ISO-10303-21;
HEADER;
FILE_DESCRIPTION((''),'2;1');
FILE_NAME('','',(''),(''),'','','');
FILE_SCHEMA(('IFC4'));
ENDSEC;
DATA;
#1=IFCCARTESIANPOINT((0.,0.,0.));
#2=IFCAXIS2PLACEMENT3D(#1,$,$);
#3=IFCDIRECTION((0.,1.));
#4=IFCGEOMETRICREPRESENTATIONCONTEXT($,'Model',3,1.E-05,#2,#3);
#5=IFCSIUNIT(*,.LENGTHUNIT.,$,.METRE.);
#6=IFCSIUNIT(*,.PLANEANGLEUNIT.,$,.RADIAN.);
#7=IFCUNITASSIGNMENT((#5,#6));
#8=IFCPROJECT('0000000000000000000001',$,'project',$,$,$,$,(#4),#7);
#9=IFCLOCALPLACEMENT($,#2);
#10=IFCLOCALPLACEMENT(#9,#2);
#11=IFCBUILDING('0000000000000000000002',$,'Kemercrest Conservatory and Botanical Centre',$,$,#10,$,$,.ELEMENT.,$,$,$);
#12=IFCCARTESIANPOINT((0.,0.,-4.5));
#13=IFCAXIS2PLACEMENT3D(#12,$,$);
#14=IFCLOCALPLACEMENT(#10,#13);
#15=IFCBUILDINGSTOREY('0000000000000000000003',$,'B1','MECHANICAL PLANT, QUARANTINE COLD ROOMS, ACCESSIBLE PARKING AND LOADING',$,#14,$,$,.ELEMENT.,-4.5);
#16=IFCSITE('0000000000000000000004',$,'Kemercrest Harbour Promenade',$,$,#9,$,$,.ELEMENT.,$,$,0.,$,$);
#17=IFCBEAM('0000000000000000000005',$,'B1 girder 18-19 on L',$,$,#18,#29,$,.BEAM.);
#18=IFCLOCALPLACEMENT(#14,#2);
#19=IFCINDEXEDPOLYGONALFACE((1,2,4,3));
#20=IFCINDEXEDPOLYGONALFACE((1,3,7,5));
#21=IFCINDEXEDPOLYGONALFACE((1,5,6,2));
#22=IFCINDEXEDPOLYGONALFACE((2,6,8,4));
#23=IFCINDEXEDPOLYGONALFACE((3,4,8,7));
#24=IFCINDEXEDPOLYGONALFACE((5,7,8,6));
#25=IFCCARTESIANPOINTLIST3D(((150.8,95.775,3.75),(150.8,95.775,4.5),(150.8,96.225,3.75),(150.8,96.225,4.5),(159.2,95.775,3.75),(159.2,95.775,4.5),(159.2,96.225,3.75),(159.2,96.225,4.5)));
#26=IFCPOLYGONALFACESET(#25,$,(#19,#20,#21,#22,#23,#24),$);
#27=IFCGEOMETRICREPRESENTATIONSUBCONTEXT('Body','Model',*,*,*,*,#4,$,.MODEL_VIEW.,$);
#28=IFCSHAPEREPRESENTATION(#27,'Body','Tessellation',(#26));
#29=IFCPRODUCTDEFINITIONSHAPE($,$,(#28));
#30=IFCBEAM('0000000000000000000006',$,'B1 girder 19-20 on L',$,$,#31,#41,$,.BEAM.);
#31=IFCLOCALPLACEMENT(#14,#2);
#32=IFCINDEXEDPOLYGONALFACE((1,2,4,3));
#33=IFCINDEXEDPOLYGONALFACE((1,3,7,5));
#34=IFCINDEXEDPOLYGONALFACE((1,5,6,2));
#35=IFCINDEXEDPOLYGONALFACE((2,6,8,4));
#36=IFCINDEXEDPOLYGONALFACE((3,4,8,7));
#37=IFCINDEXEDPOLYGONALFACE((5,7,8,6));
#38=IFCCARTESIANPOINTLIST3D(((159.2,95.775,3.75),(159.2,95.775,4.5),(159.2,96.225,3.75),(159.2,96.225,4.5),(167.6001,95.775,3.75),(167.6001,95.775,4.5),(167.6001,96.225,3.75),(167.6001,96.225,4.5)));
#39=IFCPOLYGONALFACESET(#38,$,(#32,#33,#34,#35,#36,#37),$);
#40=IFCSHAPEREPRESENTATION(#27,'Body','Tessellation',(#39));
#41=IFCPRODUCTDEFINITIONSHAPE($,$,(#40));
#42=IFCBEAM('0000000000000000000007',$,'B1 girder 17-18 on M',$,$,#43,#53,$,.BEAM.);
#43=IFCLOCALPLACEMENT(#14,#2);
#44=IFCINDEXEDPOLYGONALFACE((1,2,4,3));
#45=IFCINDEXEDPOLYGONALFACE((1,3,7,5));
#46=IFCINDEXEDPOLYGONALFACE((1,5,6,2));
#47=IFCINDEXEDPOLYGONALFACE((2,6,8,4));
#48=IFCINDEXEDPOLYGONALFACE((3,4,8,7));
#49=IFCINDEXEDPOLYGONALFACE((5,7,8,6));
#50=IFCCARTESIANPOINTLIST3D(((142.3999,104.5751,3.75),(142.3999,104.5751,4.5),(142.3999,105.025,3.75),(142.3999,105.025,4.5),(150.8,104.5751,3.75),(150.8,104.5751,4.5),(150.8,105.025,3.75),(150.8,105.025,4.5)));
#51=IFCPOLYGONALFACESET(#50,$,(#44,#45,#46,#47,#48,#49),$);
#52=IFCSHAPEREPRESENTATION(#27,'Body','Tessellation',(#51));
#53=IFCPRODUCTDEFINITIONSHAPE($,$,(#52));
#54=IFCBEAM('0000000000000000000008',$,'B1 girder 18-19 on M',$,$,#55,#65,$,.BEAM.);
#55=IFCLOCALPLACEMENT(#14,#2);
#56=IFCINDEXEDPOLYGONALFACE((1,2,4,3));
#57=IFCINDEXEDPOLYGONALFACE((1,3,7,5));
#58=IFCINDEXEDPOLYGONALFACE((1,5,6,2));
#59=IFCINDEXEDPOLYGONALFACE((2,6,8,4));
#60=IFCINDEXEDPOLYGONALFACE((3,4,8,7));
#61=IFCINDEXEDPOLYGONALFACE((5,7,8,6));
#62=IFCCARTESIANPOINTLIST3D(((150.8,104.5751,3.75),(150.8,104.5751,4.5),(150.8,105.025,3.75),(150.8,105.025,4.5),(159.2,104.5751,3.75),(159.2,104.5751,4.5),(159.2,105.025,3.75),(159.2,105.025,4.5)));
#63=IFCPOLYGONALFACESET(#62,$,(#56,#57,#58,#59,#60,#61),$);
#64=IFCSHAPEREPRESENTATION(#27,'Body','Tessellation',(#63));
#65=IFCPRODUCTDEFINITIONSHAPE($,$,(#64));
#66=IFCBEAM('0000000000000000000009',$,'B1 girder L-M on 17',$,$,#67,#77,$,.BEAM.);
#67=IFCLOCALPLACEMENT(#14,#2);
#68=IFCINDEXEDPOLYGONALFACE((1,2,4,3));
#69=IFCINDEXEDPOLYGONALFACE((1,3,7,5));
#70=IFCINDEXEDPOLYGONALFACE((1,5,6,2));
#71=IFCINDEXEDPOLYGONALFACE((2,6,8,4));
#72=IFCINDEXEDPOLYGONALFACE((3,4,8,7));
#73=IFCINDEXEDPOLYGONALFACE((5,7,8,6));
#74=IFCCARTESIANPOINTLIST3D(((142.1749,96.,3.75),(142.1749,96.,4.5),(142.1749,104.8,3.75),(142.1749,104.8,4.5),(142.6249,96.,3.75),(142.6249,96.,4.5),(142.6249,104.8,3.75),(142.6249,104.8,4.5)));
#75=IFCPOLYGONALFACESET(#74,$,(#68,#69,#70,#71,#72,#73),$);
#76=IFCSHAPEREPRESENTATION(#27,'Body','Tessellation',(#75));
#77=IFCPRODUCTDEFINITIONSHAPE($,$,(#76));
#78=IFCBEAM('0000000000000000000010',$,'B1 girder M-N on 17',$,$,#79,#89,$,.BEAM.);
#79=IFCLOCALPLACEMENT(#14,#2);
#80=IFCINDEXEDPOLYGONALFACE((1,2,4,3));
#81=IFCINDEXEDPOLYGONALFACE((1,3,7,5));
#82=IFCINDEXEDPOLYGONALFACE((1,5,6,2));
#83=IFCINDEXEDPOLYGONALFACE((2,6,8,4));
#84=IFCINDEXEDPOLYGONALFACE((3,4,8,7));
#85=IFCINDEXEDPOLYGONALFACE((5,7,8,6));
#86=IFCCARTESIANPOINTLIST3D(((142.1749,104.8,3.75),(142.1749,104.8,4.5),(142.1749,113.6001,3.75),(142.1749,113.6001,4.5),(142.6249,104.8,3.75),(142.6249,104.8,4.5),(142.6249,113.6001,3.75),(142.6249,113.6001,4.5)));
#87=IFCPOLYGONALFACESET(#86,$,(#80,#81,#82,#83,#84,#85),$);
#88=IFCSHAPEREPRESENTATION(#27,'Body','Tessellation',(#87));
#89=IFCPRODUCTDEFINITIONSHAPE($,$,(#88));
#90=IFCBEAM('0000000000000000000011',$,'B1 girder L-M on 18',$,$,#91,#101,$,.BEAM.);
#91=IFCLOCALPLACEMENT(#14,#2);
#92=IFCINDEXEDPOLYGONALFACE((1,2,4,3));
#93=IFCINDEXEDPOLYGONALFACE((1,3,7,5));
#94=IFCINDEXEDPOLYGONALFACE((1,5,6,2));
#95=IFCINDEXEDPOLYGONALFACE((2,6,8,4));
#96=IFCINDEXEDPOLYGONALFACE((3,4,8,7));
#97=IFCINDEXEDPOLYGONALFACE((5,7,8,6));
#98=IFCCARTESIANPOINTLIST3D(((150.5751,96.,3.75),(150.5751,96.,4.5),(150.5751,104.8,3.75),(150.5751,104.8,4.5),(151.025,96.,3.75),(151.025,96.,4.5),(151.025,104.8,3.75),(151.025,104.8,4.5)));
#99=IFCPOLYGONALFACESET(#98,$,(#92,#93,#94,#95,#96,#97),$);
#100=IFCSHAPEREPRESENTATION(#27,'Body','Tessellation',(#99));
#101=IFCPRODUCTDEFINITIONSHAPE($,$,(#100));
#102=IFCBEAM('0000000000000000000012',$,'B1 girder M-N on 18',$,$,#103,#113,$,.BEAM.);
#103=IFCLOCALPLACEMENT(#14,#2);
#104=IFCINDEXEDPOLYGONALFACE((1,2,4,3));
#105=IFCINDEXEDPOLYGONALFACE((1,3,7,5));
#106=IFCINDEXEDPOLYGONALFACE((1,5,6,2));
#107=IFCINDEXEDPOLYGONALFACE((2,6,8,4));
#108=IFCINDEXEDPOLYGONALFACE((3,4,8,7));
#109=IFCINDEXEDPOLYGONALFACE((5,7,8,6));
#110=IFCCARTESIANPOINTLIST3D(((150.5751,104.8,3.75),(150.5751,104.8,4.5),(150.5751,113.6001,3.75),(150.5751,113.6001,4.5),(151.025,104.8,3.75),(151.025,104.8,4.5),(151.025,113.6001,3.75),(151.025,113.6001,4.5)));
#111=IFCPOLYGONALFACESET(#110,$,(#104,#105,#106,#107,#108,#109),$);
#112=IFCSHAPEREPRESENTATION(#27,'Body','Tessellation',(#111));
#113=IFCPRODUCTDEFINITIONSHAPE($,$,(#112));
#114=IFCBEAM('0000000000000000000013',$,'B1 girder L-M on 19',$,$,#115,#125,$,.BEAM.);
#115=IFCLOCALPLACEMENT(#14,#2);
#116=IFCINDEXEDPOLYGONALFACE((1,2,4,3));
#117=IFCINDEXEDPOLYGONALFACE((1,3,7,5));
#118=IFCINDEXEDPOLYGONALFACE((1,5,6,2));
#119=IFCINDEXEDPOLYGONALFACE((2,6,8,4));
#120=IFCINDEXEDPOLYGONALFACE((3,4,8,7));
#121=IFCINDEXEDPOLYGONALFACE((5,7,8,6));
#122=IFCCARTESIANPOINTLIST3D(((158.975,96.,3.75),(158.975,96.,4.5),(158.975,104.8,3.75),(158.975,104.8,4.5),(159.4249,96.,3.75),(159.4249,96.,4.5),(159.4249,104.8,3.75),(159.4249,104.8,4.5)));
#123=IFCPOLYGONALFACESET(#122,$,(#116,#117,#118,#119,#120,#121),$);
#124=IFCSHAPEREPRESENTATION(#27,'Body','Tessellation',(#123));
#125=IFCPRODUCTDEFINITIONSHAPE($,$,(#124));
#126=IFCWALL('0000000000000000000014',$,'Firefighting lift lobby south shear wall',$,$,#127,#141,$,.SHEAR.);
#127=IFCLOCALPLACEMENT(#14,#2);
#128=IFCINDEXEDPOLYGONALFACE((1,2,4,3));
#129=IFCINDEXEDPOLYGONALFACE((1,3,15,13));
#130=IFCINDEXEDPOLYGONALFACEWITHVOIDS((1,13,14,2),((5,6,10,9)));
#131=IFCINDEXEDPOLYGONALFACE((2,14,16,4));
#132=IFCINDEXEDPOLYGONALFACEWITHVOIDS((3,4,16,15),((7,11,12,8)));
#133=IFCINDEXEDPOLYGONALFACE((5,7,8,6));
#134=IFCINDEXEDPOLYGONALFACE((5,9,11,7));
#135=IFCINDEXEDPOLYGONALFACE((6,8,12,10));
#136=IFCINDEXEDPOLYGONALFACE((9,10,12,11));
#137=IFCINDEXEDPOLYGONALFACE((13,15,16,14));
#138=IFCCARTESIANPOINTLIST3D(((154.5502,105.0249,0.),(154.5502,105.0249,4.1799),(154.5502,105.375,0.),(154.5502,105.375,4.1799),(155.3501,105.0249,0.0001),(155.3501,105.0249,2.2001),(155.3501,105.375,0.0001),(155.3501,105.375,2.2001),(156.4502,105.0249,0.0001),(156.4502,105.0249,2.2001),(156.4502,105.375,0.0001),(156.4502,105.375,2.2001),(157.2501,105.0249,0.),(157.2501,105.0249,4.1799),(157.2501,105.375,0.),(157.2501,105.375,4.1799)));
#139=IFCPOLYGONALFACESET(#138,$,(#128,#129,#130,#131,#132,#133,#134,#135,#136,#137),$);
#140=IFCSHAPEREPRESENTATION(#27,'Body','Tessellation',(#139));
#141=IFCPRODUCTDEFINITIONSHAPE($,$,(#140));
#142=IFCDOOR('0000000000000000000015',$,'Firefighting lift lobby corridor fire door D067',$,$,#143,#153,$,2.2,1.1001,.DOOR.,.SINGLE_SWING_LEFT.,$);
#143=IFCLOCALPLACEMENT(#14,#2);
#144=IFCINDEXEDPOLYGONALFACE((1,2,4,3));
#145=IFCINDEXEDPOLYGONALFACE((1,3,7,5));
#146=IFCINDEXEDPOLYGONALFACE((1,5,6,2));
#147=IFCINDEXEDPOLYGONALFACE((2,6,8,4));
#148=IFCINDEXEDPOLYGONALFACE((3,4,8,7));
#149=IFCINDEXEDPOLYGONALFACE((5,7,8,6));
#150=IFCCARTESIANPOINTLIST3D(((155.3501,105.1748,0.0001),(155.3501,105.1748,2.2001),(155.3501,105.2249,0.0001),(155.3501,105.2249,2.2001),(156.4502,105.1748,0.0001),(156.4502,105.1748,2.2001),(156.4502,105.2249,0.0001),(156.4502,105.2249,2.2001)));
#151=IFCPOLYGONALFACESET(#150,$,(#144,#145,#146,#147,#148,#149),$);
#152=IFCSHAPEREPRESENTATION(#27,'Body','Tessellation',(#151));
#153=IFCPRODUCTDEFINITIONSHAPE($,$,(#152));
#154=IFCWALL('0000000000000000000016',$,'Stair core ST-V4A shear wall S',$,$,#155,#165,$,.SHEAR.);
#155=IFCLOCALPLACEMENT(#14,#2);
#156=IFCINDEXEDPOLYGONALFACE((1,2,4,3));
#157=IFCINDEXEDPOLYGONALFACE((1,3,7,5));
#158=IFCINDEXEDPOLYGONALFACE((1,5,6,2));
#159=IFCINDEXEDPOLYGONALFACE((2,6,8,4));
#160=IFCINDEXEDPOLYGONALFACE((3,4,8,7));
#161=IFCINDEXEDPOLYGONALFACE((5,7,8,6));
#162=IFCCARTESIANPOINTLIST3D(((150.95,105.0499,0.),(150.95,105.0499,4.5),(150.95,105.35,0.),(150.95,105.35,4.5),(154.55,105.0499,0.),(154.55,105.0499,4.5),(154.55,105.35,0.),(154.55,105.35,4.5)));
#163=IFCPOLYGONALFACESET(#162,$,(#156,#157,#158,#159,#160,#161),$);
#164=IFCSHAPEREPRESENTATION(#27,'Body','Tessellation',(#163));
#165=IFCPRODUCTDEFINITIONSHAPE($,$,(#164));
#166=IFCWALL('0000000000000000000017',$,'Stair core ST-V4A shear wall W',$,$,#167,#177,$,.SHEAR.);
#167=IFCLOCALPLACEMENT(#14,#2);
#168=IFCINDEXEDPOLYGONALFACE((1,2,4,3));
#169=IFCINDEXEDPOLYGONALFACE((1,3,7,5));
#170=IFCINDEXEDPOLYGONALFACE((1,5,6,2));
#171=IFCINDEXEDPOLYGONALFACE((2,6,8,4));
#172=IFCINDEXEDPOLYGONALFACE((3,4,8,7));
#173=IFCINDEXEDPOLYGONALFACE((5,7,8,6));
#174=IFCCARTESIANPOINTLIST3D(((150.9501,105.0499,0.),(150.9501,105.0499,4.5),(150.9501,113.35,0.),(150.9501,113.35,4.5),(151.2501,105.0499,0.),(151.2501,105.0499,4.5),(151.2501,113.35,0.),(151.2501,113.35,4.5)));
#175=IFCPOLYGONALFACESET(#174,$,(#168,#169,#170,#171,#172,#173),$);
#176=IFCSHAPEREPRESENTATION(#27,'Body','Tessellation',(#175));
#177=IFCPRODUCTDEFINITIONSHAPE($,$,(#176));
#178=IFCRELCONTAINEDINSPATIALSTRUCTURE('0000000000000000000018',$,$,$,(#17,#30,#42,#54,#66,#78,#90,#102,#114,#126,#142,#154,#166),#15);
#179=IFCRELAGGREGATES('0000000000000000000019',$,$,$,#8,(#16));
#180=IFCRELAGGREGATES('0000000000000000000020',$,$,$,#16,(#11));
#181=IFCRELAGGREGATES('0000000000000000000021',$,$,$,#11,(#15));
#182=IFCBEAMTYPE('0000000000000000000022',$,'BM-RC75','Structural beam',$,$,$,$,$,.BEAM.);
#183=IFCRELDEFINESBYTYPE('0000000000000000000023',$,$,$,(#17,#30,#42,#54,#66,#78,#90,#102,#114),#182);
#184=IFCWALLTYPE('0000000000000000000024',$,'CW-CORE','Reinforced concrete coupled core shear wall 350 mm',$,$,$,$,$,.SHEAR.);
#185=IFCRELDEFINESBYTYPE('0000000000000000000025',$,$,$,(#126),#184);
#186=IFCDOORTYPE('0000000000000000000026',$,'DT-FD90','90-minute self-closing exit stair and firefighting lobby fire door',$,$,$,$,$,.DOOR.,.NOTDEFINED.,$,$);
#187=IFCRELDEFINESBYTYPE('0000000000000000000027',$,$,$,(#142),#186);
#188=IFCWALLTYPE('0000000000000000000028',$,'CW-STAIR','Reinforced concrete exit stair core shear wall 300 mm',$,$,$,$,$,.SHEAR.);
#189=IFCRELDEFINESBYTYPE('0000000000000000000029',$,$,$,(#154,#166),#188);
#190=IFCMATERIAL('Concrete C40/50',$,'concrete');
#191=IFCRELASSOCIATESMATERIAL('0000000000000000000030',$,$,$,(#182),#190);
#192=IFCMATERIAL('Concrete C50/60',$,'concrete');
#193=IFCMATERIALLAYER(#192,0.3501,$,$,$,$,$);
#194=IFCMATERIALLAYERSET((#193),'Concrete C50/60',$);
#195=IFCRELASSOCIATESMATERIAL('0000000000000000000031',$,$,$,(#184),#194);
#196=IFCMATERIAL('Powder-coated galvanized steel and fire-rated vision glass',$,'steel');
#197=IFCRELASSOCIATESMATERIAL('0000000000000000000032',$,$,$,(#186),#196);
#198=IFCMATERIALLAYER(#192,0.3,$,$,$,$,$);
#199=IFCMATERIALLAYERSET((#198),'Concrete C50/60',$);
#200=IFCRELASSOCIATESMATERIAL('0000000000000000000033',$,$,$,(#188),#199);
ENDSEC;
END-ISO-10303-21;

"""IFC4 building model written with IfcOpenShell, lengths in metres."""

from ifc_helpers import new_model, si_unit, direction, frame, frame_2d, origin, origin_2d, place, context, subcontext, project, spatial, rectangle, extrude, material, layer, layer_set, material_profile, profile_set, type_object, element, fill, save


model = new_model("IFC4")

# Units and contexts
model_context = context("Model", 3, precision=1e-05, world=origin(), true_north=direction((0.0, 1.0)))
body_context = subcontext(model_context, "Body", "Model", "MODEL_VIEW")
ifc_project = project(units=[si_unit("LENGTHUNIT", "METRE"), si_unit("PLANEANGLEUNIT", "RADIAN")], contexts=[model_context])

# Site, building, storey
site_placement = place(None, origin())
site = spatial("IfcSite", under=ifc_project, at=site_placement, Name="Kemercrest Harbour Promenade", CompositionType="ELEMENT", RefElevation=0.0)
building_placement = place(site_placement, origin())
building = spatial("IfcBuilding", under=site, at=building_placement, Name="Kemercrest Conservatory and Botanical Centre", CompositionType="ELEMENT")
storey_placement = place(building_placement, frame((0.0, 0.0, -4.5)))
storey = spatial("IfcBuildingStorey", under=building, at=storey_placement, Name="B1", Description="MECHANICAL PLANT, QUARANTINE COLD ROOMS, ACCESSIBLE PARKING AND LOADING", CompositionType="ELEMENT", Elevation=-4.5)

# Shared definitions
ifc_material_1 = material(Name="Concrete C40/50", Category="concrete")

# Shared definitions
ifc_material_2 = material(Name="Concrete C50/60", Category="concrete")

# Beams
ifc_material_profile_1 = material_profile(ifc_material_1, rectangle(XDim=0.45, YDim=0.75, at=origin_2d()), Name="RC 450x750")
ifc_profile_set_1 = profile_set([ifc_material_profile_1], Name="Concrete C40/50")
beam_type = type_object("IfcBeamType", Name="BM-RC75", Description="Structural beam", PredefinedType="BEAM", material=ifc_profile_set_1)
beam_1_placement = place(storey_placement, frame((150.8, 96.0, 4.125), z_axis=(1.0, 0.0, 0.0), x_axis=(0.0, 1.0, 0.0)))
element("IfcBeam", 1, at=beam_1_placement, inside=storey, type_object=beam_type, Name="B1 girder 18-19 on L", PredefinedType="BEAM", context=body_context, shape_type="SweptSolid", body=[
    extrude(rectangle(XDim=0.45, YDim=0.75, at=origin_2d()), origin(), (0.0, 0.0, 1.0), 8.3999),
])
for number, where, z_axis, x_axis, name in (
    (2, (159.2, 96.0, 4.125), (1.0, 0.0, 0.0), (0.0, 1.0, 0.0), "B1 girder 19-20 on L"),
    (3, (142.3999, 104.8, 4.125), (1.0, 0.0, 0.0), (0.0, 1.0, 0.0), "B1 girder 17-18 on M"),
):
    element("IfcBeam", number, at=place(storey_placement, frame(where, z_axis=z_axis, x_axis=x_axis)), inside=storey, type_object=beam_type, Name=name, PredefinedType="BEAM", context=body_context, shape_type="SweptSolid", body=[
        extrude(rectangle(XDim=0.45, YDim=0.75, at=origin_2d()), origin(), (0.0, 0.0, 1.0), 8.4001),
    ])
beam_2_placement = place(storey_placement, frame((150.8, 104.8, 4.125), z_axis=(1.0, 0.0, 0.0), x_axis=(0.0, 1.0, 0.0)))
element("IfcBeam", 4, at=beam_2_placement, inside=storey, type_object=beam_type, Name="B1 girder 18-19 on M", PredefinedType="BEAM", context=body_context, shape_type="SweptSolid", body=[
    extrude(rectangle(XDim=0.45, YDim=0.75, at=origin_2d()), origin(), (0.0, 0.0, 1.0), 8.3999),
])
for number, where, z_axis, x_axis, name in (
    (5, (142.3999, 96.0, 4.125), (0.0, 1.0, 0.0), (-1.0, 0.0, 0.0), "B1 girder L-M on 17"),
    (6, (142.3999, 104.8, 4.125), (0.0, 1.0, 0.0), (-1.0, 0.0, 0.0), "B1 girder M-N on 17"),
    (7, (150.8, 96.0, 4.125), (0.0, 1.0, 0.0), (-1.0, 0.0, 0.0), "B1 girder L-M on 18"),
    (8, (150.8, 104.8, 4.125), (0.0, 1.0, 0.0), (-1.0, 0.0, 0.0), "B1 girder M-N on 18"),
    (9, (159.2, 96.0, 4.125), (0.0, 1.0, 0.0), (-1.0, 0.0, 0.0), "B1 girder L-M on 19"),
):
    element("IfcBeam", number, at=place(storey_placement, frame(where, z_axis=z_axis, x_axis=x_axis)), inside=storey, type_object=beam_type, Name=name, PredefinedType="BEAM", context=body_context, shape_type="SweptSolid", body=[
        extrude(rectangle(XDim=0.45, YDim=0.75, at=origin_2d()), origin(), (0.0, 0.0, 1.0), 8.8),
    ])

# Wall, opening, door
ifc_layer_1 = layer(ifc_material_2, 0.3501)
ifc_layer_set_1 = layer_set([ifc_layer_1], Name="Concrete C50/60")
wall_type_1 = type_object("IfcWallType", Name="CW-CORE", Description="Reinforced concrete coupled core shear wall 350 mm", PredefinedType="SHEAR", material=ifc_layer_set_1)
wall_1_placement = place(storey_placement, frame((154.55, 105.2, 0.0), z_axis=(0.0, 0.0, 1.0), x_axis=(1.0, 0.0, 0.0)))
wall_1 = element("IfcWall", 10, at=wall_1_placement, inside=storey, type_object=wall_type_1, Name="Firefighting lift lobby south shear wall", PredefinedType="SHEAR", context=body_context, shape_type="SweptSolid", body=[
    extrude(rectangle(XDim=2.7, YDim=0.3501, at=frame_2d((1.3501, 0.0))), origin(), (0.0, 0.0, 1.0), 4.1799),
])
opening_1_placement = place(wall_1_placement, frame((0.8, 0.0, 0.0)))
opening_1 = element("IfcOpeningElement", 11, at=opening_1_placement, cuts=wall_1, PredefinedType="OPENING", context=body_context, shape_type="SweptSolid", body=[
    extrude(rectangle(XDim=1.1001, YDim=2.2, at=frame_2d((0.55, 1.1001))), frame((0.0, 0.1851, 0.0), z_axis=(0.0, -1.0, 0.0), x_axis=(1.0, 0.0, 0.0)), (0.0, 0.0, 1.0), 0.3701),
])
ifc_material_3 = material(Name="Powder-coated galvanized steel and fire-rated vision glass", Category="steel")
door_type_1 = type_object("IfcDoorType", Name="DT-FD90", Description="90-minute self-closing exit stair and firefighting lobby fire door", OperationType="NOTDEFINED", PredefinedType="DOOR", material=ifc_material_3)
door_1_placement = place(opening_1_placement, origin())
door_1 = element("IfcDoor", 12, at=door_1_placement, inside=storey, type_object=door_type_1, Name="Firefighting lift lobby corridor fire door D067", OperationType="SINGLE_SWING_LEFT", OverallHeight=2.2, OverallWidth=1.1001, PredefinedType="DOOR", context=body_context, shape_type="SweptSolid", body=[
    extrude(rectangle(XDim=1.1001, YDim=2.2, at=frame_2d((0.55, 1.1001))), frame((0.0, 0.0249, 0.0), z_axis=(0.0, -1.0, 0.0), x_axis=(1.0, 0.0, 0.0)), (0.0, 0.0, 1.0), 0.05),
])
fill(opening_1, door_1)

# Walls
ifc_layer_2 = layer(ifc_material_2, 0.3)
ifc_layer_set_2 = layer_set([ifc_layer_2], Name="Concrete C50/60")
wall_type_2 = type_object("IfcWallType", Name="CW-STAIR", Description="Reinforced concrete exit stair core shear wall 300 mm", PredefinedType="SHEAR", material=ifc_layer_set_2)
wall_2_placement = place(storey_placement, frame((150.95, 105.2, 0.0), z_axis=(0.0, 0.0, 1.0), x_axis=(1.0, 0.0, 0.0)))
element("IfcWall", 13, at=wall_2_placement, inside=storey, type_object=wall_type_2, Name="Stair core ST-V4A shear wall S", PredefinedType="SHEAR", context=body_context, shape_type="SweptSolid", body=[
    extrude(rectangle(XDim=3.6001, YDim=0.3, at=frame_2d((1.8, 0.0))), origin(), (0.0, 0.0, 1.0), 4.5),
])
wall_3_placement = place(storey_placement, frame((151.1001, 105.05, 0.0), z_axis=(0.0, 0.0, 1.0), x_axis=(0.0, 1.0, 0.0)))
element("IfcWall", 14, at=wall_3_placement, inside=storey, type_object=wall_type_2, Name="Stair core ST-V4A shear wall W", PredefinedType="SHEAR", context=body_context, shape_type="SweptSolid", body=[
    extrude(rectangle(XDim=8.3, YDim=0.3, at=frame_2d((4.1499, 0.0))), origin(), (0.0, 0.0, 1.0), 4.5),
])

save(model, "model.ifc")
